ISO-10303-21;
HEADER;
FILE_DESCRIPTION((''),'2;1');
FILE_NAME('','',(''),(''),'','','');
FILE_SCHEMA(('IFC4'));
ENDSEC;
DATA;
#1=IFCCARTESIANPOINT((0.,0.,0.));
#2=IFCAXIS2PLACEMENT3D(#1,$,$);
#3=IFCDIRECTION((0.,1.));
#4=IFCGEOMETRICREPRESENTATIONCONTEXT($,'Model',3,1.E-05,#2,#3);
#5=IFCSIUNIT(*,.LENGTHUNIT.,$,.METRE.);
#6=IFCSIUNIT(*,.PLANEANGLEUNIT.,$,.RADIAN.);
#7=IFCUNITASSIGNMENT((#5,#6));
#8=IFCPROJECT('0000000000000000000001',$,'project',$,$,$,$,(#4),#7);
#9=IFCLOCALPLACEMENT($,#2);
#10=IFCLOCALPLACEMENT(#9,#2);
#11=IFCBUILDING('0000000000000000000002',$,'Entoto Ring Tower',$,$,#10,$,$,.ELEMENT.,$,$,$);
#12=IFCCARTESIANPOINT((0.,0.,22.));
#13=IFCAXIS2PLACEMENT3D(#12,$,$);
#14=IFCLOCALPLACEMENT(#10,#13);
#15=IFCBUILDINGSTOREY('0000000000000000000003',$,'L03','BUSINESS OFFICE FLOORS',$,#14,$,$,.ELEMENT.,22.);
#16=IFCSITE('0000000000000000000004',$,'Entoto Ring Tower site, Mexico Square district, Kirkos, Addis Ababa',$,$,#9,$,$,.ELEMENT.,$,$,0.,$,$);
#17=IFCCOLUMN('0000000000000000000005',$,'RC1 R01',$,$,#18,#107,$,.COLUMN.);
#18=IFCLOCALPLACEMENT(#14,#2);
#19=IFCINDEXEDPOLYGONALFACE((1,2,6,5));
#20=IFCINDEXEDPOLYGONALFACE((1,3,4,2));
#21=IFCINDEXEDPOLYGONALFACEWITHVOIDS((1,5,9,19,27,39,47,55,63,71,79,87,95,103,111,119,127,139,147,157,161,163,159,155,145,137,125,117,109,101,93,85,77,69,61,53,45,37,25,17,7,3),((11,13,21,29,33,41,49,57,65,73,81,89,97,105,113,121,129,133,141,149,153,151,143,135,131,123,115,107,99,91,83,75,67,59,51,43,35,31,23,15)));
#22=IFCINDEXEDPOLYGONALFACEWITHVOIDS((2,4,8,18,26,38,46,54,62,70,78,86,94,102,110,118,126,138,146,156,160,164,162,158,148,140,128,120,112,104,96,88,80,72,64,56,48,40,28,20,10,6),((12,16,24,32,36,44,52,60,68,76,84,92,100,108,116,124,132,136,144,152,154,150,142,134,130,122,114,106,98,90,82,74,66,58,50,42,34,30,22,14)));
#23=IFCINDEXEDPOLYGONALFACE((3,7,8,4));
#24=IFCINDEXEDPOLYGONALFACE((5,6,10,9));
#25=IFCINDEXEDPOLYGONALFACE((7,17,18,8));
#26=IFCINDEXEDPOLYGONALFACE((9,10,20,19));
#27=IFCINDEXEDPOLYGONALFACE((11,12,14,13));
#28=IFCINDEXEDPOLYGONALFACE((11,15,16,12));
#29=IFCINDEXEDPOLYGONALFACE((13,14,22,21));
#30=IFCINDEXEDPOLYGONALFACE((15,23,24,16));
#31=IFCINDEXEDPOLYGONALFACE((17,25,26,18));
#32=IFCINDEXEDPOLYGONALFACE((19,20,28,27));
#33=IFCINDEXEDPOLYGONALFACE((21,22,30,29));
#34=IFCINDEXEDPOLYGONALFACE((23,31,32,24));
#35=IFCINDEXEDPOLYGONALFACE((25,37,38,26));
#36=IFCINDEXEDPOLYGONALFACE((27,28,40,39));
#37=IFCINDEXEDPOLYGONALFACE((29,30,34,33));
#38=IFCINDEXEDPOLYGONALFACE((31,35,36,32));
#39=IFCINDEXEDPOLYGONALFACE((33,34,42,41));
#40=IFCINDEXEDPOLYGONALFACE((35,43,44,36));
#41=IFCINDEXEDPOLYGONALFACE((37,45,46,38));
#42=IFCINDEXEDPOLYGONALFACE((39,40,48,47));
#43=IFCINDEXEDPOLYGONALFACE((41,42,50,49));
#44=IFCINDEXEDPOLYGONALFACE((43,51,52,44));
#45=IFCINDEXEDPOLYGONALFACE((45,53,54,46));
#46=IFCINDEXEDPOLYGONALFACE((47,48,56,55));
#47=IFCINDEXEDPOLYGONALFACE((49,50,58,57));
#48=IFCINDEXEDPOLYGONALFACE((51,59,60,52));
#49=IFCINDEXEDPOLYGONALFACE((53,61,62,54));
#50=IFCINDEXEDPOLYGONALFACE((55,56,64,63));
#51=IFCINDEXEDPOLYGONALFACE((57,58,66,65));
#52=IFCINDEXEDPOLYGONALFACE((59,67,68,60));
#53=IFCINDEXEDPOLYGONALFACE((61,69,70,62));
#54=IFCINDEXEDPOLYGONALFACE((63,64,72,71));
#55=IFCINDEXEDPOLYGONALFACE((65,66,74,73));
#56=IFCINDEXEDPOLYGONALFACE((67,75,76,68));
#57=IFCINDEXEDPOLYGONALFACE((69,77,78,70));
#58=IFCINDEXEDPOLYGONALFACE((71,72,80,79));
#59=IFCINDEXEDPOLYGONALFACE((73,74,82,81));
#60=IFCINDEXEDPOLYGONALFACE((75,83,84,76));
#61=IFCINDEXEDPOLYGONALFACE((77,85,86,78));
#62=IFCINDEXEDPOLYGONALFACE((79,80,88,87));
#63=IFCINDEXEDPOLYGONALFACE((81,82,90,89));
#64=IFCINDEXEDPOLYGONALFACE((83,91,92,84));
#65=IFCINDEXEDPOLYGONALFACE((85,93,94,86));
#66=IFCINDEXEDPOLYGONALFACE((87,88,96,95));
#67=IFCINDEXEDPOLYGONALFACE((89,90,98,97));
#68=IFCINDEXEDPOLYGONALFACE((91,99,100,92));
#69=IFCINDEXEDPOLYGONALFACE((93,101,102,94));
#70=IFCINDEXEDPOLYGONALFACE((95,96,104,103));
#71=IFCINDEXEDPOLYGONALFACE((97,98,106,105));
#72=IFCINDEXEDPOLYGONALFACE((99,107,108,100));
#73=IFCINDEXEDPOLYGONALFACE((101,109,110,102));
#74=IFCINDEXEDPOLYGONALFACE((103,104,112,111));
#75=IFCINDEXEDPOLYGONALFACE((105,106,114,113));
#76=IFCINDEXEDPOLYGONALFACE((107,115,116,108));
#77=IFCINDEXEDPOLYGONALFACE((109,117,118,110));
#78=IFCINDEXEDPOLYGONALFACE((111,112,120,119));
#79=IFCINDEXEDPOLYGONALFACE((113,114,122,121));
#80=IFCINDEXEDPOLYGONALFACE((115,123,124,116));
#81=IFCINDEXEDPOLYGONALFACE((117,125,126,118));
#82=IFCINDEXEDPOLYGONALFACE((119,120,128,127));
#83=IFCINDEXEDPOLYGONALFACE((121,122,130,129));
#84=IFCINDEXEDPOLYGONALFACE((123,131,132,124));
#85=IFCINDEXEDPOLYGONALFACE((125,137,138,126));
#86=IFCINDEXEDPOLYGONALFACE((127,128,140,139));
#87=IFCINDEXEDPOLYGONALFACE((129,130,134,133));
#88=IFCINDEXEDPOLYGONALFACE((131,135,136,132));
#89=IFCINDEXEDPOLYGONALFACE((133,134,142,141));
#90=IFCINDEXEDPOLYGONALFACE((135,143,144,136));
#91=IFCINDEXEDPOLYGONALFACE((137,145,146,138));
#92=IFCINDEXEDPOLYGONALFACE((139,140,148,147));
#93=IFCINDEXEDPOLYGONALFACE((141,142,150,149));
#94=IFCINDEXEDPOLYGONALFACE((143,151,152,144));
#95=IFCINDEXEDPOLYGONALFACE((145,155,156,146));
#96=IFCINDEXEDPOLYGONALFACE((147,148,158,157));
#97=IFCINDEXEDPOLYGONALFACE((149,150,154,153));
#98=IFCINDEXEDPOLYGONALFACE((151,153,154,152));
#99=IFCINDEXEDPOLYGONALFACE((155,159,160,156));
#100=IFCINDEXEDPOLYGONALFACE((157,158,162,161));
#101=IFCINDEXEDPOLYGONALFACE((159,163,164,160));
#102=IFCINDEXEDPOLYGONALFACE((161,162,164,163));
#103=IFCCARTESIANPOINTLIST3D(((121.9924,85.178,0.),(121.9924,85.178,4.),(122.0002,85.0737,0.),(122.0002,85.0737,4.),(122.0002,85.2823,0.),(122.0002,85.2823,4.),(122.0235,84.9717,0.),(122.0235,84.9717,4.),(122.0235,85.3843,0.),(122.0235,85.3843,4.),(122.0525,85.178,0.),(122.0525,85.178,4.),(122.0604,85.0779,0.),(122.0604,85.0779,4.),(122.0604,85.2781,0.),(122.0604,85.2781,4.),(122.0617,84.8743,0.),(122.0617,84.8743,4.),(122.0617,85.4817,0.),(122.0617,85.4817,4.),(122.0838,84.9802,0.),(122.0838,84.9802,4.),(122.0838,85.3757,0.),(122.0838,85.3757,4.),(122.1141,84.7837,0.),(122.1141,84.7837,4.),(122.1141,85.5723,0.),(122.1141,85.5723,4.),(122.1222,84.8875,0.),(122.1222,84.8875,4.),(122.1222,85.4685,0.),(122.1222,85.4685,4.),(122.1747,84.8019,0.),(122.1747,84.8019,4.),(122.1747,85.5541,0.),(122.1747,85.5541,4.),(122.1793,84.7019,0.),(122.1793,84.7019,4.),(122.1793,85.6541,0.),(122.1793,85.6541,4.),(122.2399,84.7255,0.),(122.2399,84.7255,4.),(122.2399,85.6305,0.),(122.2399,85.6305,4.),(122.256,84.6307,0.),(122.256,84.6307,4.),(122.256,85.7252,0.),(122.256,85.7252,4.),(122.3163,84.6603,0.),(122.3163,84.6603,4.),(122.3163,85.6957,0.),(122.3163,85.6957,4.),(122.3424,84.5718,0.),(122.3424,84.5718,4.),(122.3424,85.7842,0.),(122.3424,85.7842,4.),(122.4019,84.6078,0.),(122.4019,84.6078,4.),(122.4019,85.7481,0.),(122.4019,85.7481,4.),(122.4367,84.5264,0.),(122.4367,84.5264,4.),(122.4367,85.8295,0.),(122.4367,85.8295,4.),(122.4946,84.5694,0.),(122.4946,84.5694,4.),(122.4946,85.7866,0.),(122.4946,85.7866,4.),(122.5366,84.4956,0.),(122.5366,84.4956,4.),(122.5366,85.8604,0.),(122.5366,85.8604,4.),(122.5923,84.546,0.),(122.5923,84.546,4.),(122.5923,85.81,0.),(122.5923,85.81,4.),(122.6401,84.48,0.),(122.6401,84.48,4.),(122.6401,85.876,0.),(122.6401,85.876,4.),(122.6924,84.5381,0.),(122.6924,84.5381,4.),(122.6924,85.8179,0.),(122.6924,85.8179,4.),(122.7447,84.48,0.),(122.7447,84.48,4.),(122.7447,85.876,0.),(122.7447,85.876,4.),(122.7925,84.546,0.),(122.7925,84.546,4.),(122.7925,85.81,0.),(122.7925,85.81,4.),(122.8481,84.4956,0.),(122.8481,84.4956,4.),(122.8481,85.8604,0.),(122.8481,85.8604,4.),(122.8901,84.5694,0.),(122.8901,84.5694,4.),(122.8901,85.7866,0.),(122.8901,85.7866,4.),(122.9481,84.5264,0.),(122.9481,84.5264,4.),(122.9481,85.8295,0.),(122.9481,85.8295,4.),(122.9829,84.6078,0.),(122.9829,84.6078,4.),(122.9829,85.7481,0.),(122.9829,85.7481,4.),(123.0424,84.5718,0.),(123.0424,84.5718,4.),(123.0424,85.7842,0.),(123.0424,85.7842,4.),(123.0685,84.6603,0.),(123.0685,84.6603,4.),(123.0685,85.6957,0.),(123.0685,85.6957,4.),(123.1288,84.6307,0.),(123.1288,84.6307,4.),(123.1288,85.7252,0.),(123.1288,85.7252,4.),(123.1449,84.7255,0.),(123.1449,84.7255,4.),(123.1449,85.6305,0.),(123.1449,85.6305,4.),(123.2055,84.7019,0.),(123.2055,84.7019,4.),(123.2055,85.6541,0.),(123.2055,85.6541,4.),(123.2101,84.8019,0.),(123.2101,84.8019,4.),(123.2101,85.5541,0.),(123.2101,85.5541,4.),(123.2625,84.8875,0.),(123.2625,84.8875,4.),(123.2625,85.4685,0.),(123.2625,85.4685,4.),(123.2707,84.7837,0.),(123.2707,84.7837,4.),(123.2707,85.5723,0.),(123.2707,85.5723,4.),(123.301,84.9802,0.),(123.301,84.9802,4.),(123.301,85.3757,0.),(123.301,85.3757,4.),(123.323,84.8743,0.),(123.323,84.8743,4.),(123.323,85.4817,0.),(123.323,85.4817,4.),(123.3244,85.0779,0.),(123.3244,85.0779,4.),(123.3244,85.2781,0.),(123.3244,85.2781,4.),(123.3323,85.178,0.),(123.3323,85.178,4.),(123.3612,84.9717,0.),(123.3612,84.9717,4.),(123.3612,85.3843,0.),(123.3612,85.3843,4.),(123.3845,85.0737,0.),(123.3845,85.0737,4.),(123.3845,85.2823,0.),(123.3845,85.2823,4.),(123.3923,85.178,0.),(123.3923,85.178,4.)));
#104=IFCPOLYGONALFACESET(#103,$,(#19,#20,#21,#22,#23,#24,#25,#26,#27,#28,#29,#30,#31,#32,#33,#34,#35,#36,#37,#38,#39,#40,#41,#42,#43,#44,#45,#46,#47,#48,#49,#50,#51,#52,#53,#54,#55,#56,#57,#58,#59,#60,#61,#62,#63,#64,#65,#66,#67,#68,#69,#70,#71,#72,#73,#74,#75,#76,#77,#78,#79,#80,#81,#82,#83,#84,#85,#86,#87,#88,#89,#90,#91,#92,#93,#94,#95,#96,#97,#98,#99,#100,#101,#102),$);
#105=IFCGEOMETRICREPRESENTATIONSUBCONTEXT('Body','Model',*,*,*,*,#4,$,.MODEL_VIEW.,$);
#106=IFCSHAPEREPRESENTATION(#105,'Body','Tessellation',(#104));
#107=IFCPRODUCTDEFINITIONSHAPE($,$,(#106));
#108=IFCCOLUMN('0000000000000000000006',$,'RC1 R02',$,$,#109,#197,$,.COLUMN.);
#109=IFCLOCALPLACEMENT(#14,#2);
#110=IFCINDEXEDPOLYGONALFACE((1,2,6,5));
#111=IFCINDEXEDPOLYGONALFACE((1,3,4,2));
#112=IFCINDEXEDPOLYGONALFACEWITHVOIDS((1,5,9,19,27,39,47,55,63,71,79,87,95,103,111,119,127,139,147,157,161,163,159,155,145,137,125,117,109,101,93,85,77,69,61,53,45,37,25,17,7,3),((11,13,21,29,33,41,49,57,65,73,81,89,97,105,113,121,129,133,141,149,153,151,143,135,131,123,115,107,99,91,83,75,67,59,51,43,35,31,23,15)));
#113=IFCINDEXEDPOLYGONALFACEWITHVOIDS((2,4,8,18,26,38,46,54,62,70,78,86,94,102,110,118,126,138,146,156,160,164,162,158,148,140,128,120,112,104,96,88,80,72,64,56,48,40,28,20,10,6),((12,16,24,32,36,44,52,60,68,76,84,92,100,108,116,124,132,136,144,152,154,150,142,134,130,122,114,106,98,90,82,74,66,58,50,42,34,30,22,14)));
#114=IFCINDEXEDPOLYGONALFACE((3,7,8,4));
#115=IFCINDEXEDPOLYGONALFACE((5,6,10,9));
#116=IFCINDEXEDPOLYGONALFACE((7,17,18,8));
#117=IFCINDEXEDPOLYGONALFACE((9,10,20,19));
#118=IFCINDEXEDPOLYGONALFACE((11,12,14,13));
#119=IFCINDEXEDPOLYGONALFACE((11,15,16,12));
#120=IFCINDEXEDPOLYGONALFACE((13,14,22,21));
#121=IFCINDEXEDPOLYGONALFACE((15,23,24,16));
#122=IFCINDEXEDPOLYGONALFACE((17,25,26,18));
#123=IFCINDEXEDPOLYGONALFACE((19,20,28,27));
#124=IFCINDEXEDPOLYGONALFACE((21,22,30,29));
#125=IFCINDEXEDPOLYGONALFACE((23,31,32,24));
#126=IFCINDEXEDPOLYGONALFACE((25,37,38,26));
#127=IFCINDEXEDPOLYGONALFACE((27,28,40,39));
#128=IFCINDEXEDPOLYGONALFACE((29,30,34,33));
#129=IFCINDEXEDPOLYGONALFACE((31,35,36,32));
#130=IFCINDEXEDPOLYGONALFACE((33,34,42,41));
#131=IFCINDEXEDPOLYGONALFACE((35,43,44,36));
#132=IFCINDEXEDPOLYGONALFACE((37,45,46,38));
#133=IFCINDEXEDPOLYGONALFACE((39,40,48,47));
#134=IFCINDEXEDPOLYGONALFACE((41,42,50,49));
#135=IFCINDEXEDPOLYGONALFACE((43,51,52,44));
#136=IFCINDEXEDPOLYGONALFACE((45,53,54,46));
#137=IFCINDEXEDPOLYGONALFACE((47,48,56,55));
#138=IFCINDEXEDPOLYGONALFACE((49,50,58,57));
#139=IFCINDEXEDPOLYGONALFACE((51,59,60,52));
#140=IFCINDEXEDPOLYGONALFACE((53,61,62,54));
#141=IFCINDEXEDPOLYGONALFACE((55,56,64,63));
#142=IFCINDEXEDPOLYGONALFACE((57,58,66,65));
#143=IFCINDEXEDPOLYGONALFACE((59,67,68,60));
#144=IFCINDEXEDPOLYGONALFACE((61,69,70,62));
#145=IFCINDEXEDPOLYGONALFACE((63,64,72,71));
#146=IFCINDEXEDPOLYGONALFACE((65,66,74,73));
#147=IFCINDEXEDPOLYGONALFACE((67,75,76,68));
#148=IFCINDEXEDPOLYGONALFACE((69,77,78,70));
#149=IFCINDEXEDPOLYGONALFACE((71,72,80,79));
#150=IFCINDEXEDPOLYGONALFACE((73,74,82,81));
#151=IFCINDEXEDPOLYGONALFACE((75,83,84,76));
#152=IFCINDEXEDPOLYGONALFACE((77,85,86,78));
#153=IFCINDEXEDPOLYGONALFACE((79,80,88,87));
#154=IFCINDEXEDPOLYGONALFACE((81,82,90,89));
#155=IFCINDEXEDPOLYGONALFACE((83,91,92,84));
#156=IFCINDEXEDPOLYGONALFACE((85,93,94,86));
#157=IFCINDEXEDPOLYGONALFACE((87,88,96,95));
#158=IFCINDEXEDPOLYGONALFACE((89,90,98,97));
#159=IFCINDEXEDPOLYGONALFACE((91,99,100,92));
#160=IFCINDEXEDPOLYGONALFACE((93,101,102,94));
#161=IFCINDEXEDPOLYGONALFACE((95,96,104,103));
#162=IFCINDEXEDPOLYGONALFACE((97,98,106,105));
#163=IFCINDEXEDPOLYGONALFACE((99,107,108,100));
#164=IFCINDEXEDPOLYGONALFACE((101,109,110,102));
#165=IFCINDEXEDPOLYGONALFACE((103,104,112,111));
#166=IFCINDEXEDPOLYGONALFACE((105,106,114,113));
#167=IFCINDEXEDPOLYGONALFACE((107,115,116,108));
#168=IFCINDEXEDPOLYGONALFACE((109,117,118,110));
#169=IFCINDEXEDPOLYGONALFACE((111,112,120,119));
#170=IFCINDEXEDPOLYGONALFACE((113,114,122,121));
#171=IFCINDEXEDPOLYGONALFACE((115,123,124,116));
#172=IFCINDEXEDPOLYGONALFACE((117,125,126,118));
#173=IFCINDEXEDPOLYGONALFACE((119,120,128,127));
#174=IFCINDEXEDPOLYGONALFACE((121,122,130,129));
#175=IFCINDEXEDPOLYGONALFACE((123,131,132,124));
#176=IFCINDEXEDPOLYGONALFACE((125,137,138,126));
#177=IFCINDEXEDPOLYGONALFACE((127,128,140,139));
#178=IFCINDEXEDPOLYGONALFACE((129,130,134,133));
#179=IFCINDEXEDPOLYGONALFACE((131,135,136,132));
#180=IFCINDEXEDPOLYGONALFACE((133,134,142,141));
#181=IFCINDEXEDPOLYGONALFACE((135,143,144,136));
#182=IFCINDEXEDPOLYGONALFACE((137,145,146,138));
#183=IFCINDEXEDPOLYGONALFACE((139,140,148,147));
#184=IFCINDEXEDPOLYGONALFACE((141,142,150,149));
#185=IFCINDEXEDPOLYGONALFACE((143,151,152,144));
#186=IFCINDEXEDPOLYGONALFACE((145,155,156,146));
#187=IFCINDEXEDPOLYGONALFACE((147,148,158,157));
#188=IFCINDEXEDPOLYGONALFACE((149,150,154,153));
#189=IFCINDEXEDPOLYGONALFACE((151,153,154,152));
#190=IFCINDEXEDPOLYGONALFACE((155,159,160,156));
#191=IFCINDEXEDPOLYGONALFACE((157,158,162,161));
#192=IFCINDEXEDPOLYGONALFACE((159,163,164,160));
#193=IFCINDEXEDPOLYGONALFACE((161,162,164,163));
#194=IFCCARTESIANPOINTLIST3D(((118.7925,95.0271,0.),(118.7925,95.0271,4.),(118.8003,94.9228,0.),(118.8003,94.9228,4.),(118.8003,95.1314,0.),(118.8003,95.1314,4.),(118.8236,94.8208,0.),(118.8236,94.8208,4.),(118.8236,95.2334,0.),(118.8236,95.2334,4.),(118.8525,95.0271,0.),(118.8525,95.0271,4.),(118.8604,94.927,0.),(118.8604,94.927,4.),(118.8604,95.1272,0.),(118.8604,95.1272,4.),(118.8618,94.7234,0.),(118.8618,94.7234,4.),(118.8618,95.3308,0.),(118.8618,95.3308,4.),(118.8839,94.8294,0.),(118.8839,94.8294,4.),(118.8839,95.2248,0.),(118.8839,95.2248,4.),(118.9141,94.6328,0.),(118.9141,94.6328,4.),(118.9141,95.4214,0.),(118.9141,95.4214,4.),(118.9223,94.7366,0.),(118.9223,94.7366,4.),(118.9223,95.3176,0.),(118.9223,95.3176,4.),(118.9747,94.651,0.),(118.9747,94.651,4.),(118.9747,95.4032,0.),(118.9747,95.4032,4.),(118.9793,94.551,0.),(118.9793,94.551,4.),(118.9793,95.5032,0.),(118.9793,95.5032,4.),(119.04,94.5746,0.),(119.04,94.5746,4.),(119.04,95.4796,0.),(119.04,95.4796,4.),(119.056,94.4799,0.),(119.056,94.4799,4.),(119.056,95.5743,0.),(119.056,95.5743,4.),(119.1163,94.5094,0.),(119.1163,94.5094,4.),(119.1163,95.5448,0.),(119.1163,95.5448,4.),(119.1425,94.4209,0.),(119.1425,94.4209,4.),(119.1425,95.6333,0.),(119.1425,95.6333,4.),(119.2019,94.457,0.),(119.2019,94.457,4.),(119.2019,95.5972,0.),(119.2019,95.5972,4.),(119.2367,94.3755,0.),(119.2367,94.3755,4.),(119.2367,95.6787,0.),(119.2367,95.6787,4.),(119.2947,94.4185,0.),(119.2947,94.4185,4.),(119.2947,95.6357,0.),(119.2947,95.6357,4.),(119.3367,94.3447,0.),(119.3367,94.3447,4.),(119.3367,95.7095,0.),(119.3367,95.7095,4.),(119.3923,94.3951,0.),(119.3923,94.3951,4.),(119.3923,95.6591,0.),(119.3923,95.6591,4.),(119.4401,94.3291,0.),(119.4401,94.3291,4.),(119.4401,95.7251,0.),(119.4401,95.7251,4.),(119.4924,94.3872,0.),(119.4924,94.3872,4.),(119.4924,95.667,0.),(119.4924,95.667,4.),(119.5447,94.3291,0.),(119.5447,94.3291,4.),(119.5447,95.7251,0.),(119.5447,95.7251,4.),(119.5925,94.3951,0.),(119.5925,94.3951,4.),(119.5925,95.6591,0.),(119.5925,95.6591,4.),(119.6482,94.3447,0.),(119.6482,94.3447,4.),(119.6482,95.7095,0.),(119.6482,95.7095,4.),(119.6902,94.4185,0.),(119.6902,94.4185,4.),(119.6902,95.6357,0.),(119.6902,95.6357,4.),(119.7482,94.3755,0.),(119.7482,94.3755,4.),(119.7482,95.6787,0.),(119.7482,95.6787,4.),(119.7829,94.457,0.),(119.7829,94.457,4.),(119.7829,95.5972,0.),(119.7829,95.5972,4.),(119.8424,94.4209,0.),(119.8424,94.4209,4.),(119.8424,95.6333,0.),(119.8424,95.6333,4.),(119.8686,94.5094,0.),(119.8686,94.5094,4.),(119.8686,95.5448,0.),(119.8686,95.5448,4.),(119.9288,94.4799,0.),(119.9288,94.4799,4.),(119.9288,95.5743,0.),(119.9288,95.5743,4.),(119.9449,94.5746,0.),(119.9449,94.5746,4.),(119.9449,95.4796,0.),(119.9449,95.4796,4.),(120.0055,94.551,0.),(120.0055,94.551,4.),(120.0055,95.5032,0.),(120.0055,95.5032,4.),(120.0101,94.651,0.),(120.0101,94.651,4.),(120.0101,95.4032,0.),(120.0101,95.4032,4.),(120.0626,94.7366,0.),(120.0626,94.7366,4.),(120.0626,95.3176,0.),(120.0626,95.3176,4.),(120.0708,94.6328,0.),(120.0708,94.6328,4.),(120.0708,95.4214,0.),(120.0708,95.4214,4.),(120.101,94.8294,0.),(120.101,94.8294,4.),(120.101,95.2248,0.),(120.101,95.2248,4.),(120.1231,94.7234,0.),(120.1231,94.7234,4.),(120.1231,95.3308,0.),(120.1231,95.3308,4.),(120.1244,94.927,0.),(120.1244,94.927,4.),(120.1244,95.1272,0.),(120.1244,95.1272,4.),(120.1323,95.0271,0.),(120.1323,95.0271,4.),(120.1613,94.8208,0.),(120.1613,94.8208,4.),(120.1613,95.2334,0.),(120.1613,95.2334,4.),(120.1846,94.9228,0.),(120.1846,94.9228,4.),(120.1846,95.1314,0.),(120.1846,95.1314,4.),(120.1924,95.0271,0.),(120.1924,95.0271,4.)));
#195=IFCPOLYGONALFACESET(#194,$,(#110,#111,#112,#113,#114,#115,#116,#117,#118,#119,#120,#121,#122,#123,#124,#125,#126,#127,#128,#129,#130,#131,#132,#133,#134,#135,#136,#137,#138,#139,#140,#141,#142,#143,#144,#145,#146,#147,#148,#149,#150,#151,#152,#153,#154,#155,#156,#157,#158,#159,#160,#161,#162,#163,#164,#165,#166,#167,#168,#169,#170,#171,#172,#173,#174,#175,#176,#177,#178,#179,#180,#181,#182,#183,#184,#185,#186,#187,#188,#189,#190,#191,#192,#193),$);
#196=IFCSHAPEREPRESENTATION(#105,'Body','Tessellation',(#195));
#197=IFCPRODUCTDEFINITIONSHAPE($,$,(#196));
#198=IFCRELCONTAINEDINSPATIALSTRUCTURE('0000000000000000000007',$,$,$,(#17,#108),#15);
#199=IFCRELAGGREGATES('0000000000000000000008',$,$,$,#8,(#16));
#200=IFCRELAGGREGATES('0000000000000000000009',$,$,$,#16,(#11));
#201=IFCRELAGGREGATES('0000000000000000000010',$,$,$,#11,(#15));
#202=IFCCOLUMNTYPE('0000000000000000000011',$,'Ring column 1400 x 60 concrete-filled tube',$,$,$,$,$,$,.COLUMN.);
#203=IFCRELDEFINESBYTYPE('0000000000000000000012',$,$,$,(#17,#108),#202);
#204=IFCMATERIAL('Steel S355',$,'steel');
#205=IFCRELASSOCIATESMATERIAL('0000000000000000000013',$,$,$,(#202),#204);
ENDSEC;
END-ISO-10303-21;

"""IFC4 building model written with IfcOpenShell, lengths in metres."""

from ifc_helpers import new_model, si_unit, direction, frame, origin, origin_2d, place, context, subcontext, project, spatial, circle, hollow_circle, extrude, material, material_profile, profile_set, type_object, element, save


model = new_model("IFC4")

# Units and contexts
model_context = context("Model", 3, precision=1e-05, world=origin(), true_north=direction((0.0, 1.0)))
body_context = subcontext(model_context, "Body", "Model", "MODEL_VIEW")
ifc_project = project(units=[si_unit("LENGTHUNIT", "METRE"), si_unit("PLANEANGLEUNIT", "RADIAN")], contexts=[model_context])

# Site, building, storey
site_placement = place(None, origin())
site = spatial("IfcSite", under=ifc_project, at=site_placement, Name="Entoto Ring Tower site, Mexico Square district, Kirkos, Addis Ababa", CompositionType="ELEMENT", RefElevation=0.0)
building_placement = place(site_placement, origin())
building = spatial("IfcBuilding", under=site, at=building_placement, Name="Entoto Ring Tower", CompositionType="ELEMENT")
storey_placement = place(building_placement, frame((0.0, 0.0, 22.0)))
storey = spatial("IfcBuildingStorey", under=building, at=storey_placement, Name="L03", Description="BUSINESS OFFICE FLOORS", CompositionType="ELEMENT", Elevation=22.0)

# Columns
ifc_material_1 = material(Name="Steel S355", Category="steel")
ifc_material_profile_1 = material_profile(ifc_material_1, hollow_circle(Radius=0.7, WallThickness=0.0601, at=origin_2d()), Name="CHS 1400 x 60")
ifc_material_2 = material(Name="Concrete C60/75", Category="concrete")
ifc_material_profile_2 = material_profile(ifc_material_2, circle(Radius=0.6399, at=origin_2d()), Name="Concrete C60/75 infill")
ifc_profile_set_1 = profile_set([ifc_material_profile_1, ifc_material_profile_2], Name="Steel S355")
column_type = type_object("IfcColumnType", Name="Ring column 1400 x 60 concrete-filled tube", PredefinedType="COLUMN", material=ifc_profile_set_1)
for number, where, z_axis, x_axis, name in (
    (1, (122.6924, 85.178, 0.0), (0.0, 0.0, 1.0), (1.0, 0.0, 0.0), "RC1 R01"),
    (2, (119.4924, 95.0271, 0.0), (0.0, 0.0, 1.0), (1.0, 0.0, 0.0), "RC1 R02"),
):
    element("IfcColumn", number, at=place(storey_placement, frame(where, z_axis=z_axis, x_axis=x_axis)), inside=storey, type_object=column_type, Name=name, PredefinedType="COLUMN", context=body_context, shape_type="SweptSolid", body=[
        extrude(hollow_circle(Radius=0.7, WallThickness=0.0601, at=origin_2d()), origin(), (0.0, 0.0, 1.0), 4.0),
    ])

save(model, "model.ifc")
